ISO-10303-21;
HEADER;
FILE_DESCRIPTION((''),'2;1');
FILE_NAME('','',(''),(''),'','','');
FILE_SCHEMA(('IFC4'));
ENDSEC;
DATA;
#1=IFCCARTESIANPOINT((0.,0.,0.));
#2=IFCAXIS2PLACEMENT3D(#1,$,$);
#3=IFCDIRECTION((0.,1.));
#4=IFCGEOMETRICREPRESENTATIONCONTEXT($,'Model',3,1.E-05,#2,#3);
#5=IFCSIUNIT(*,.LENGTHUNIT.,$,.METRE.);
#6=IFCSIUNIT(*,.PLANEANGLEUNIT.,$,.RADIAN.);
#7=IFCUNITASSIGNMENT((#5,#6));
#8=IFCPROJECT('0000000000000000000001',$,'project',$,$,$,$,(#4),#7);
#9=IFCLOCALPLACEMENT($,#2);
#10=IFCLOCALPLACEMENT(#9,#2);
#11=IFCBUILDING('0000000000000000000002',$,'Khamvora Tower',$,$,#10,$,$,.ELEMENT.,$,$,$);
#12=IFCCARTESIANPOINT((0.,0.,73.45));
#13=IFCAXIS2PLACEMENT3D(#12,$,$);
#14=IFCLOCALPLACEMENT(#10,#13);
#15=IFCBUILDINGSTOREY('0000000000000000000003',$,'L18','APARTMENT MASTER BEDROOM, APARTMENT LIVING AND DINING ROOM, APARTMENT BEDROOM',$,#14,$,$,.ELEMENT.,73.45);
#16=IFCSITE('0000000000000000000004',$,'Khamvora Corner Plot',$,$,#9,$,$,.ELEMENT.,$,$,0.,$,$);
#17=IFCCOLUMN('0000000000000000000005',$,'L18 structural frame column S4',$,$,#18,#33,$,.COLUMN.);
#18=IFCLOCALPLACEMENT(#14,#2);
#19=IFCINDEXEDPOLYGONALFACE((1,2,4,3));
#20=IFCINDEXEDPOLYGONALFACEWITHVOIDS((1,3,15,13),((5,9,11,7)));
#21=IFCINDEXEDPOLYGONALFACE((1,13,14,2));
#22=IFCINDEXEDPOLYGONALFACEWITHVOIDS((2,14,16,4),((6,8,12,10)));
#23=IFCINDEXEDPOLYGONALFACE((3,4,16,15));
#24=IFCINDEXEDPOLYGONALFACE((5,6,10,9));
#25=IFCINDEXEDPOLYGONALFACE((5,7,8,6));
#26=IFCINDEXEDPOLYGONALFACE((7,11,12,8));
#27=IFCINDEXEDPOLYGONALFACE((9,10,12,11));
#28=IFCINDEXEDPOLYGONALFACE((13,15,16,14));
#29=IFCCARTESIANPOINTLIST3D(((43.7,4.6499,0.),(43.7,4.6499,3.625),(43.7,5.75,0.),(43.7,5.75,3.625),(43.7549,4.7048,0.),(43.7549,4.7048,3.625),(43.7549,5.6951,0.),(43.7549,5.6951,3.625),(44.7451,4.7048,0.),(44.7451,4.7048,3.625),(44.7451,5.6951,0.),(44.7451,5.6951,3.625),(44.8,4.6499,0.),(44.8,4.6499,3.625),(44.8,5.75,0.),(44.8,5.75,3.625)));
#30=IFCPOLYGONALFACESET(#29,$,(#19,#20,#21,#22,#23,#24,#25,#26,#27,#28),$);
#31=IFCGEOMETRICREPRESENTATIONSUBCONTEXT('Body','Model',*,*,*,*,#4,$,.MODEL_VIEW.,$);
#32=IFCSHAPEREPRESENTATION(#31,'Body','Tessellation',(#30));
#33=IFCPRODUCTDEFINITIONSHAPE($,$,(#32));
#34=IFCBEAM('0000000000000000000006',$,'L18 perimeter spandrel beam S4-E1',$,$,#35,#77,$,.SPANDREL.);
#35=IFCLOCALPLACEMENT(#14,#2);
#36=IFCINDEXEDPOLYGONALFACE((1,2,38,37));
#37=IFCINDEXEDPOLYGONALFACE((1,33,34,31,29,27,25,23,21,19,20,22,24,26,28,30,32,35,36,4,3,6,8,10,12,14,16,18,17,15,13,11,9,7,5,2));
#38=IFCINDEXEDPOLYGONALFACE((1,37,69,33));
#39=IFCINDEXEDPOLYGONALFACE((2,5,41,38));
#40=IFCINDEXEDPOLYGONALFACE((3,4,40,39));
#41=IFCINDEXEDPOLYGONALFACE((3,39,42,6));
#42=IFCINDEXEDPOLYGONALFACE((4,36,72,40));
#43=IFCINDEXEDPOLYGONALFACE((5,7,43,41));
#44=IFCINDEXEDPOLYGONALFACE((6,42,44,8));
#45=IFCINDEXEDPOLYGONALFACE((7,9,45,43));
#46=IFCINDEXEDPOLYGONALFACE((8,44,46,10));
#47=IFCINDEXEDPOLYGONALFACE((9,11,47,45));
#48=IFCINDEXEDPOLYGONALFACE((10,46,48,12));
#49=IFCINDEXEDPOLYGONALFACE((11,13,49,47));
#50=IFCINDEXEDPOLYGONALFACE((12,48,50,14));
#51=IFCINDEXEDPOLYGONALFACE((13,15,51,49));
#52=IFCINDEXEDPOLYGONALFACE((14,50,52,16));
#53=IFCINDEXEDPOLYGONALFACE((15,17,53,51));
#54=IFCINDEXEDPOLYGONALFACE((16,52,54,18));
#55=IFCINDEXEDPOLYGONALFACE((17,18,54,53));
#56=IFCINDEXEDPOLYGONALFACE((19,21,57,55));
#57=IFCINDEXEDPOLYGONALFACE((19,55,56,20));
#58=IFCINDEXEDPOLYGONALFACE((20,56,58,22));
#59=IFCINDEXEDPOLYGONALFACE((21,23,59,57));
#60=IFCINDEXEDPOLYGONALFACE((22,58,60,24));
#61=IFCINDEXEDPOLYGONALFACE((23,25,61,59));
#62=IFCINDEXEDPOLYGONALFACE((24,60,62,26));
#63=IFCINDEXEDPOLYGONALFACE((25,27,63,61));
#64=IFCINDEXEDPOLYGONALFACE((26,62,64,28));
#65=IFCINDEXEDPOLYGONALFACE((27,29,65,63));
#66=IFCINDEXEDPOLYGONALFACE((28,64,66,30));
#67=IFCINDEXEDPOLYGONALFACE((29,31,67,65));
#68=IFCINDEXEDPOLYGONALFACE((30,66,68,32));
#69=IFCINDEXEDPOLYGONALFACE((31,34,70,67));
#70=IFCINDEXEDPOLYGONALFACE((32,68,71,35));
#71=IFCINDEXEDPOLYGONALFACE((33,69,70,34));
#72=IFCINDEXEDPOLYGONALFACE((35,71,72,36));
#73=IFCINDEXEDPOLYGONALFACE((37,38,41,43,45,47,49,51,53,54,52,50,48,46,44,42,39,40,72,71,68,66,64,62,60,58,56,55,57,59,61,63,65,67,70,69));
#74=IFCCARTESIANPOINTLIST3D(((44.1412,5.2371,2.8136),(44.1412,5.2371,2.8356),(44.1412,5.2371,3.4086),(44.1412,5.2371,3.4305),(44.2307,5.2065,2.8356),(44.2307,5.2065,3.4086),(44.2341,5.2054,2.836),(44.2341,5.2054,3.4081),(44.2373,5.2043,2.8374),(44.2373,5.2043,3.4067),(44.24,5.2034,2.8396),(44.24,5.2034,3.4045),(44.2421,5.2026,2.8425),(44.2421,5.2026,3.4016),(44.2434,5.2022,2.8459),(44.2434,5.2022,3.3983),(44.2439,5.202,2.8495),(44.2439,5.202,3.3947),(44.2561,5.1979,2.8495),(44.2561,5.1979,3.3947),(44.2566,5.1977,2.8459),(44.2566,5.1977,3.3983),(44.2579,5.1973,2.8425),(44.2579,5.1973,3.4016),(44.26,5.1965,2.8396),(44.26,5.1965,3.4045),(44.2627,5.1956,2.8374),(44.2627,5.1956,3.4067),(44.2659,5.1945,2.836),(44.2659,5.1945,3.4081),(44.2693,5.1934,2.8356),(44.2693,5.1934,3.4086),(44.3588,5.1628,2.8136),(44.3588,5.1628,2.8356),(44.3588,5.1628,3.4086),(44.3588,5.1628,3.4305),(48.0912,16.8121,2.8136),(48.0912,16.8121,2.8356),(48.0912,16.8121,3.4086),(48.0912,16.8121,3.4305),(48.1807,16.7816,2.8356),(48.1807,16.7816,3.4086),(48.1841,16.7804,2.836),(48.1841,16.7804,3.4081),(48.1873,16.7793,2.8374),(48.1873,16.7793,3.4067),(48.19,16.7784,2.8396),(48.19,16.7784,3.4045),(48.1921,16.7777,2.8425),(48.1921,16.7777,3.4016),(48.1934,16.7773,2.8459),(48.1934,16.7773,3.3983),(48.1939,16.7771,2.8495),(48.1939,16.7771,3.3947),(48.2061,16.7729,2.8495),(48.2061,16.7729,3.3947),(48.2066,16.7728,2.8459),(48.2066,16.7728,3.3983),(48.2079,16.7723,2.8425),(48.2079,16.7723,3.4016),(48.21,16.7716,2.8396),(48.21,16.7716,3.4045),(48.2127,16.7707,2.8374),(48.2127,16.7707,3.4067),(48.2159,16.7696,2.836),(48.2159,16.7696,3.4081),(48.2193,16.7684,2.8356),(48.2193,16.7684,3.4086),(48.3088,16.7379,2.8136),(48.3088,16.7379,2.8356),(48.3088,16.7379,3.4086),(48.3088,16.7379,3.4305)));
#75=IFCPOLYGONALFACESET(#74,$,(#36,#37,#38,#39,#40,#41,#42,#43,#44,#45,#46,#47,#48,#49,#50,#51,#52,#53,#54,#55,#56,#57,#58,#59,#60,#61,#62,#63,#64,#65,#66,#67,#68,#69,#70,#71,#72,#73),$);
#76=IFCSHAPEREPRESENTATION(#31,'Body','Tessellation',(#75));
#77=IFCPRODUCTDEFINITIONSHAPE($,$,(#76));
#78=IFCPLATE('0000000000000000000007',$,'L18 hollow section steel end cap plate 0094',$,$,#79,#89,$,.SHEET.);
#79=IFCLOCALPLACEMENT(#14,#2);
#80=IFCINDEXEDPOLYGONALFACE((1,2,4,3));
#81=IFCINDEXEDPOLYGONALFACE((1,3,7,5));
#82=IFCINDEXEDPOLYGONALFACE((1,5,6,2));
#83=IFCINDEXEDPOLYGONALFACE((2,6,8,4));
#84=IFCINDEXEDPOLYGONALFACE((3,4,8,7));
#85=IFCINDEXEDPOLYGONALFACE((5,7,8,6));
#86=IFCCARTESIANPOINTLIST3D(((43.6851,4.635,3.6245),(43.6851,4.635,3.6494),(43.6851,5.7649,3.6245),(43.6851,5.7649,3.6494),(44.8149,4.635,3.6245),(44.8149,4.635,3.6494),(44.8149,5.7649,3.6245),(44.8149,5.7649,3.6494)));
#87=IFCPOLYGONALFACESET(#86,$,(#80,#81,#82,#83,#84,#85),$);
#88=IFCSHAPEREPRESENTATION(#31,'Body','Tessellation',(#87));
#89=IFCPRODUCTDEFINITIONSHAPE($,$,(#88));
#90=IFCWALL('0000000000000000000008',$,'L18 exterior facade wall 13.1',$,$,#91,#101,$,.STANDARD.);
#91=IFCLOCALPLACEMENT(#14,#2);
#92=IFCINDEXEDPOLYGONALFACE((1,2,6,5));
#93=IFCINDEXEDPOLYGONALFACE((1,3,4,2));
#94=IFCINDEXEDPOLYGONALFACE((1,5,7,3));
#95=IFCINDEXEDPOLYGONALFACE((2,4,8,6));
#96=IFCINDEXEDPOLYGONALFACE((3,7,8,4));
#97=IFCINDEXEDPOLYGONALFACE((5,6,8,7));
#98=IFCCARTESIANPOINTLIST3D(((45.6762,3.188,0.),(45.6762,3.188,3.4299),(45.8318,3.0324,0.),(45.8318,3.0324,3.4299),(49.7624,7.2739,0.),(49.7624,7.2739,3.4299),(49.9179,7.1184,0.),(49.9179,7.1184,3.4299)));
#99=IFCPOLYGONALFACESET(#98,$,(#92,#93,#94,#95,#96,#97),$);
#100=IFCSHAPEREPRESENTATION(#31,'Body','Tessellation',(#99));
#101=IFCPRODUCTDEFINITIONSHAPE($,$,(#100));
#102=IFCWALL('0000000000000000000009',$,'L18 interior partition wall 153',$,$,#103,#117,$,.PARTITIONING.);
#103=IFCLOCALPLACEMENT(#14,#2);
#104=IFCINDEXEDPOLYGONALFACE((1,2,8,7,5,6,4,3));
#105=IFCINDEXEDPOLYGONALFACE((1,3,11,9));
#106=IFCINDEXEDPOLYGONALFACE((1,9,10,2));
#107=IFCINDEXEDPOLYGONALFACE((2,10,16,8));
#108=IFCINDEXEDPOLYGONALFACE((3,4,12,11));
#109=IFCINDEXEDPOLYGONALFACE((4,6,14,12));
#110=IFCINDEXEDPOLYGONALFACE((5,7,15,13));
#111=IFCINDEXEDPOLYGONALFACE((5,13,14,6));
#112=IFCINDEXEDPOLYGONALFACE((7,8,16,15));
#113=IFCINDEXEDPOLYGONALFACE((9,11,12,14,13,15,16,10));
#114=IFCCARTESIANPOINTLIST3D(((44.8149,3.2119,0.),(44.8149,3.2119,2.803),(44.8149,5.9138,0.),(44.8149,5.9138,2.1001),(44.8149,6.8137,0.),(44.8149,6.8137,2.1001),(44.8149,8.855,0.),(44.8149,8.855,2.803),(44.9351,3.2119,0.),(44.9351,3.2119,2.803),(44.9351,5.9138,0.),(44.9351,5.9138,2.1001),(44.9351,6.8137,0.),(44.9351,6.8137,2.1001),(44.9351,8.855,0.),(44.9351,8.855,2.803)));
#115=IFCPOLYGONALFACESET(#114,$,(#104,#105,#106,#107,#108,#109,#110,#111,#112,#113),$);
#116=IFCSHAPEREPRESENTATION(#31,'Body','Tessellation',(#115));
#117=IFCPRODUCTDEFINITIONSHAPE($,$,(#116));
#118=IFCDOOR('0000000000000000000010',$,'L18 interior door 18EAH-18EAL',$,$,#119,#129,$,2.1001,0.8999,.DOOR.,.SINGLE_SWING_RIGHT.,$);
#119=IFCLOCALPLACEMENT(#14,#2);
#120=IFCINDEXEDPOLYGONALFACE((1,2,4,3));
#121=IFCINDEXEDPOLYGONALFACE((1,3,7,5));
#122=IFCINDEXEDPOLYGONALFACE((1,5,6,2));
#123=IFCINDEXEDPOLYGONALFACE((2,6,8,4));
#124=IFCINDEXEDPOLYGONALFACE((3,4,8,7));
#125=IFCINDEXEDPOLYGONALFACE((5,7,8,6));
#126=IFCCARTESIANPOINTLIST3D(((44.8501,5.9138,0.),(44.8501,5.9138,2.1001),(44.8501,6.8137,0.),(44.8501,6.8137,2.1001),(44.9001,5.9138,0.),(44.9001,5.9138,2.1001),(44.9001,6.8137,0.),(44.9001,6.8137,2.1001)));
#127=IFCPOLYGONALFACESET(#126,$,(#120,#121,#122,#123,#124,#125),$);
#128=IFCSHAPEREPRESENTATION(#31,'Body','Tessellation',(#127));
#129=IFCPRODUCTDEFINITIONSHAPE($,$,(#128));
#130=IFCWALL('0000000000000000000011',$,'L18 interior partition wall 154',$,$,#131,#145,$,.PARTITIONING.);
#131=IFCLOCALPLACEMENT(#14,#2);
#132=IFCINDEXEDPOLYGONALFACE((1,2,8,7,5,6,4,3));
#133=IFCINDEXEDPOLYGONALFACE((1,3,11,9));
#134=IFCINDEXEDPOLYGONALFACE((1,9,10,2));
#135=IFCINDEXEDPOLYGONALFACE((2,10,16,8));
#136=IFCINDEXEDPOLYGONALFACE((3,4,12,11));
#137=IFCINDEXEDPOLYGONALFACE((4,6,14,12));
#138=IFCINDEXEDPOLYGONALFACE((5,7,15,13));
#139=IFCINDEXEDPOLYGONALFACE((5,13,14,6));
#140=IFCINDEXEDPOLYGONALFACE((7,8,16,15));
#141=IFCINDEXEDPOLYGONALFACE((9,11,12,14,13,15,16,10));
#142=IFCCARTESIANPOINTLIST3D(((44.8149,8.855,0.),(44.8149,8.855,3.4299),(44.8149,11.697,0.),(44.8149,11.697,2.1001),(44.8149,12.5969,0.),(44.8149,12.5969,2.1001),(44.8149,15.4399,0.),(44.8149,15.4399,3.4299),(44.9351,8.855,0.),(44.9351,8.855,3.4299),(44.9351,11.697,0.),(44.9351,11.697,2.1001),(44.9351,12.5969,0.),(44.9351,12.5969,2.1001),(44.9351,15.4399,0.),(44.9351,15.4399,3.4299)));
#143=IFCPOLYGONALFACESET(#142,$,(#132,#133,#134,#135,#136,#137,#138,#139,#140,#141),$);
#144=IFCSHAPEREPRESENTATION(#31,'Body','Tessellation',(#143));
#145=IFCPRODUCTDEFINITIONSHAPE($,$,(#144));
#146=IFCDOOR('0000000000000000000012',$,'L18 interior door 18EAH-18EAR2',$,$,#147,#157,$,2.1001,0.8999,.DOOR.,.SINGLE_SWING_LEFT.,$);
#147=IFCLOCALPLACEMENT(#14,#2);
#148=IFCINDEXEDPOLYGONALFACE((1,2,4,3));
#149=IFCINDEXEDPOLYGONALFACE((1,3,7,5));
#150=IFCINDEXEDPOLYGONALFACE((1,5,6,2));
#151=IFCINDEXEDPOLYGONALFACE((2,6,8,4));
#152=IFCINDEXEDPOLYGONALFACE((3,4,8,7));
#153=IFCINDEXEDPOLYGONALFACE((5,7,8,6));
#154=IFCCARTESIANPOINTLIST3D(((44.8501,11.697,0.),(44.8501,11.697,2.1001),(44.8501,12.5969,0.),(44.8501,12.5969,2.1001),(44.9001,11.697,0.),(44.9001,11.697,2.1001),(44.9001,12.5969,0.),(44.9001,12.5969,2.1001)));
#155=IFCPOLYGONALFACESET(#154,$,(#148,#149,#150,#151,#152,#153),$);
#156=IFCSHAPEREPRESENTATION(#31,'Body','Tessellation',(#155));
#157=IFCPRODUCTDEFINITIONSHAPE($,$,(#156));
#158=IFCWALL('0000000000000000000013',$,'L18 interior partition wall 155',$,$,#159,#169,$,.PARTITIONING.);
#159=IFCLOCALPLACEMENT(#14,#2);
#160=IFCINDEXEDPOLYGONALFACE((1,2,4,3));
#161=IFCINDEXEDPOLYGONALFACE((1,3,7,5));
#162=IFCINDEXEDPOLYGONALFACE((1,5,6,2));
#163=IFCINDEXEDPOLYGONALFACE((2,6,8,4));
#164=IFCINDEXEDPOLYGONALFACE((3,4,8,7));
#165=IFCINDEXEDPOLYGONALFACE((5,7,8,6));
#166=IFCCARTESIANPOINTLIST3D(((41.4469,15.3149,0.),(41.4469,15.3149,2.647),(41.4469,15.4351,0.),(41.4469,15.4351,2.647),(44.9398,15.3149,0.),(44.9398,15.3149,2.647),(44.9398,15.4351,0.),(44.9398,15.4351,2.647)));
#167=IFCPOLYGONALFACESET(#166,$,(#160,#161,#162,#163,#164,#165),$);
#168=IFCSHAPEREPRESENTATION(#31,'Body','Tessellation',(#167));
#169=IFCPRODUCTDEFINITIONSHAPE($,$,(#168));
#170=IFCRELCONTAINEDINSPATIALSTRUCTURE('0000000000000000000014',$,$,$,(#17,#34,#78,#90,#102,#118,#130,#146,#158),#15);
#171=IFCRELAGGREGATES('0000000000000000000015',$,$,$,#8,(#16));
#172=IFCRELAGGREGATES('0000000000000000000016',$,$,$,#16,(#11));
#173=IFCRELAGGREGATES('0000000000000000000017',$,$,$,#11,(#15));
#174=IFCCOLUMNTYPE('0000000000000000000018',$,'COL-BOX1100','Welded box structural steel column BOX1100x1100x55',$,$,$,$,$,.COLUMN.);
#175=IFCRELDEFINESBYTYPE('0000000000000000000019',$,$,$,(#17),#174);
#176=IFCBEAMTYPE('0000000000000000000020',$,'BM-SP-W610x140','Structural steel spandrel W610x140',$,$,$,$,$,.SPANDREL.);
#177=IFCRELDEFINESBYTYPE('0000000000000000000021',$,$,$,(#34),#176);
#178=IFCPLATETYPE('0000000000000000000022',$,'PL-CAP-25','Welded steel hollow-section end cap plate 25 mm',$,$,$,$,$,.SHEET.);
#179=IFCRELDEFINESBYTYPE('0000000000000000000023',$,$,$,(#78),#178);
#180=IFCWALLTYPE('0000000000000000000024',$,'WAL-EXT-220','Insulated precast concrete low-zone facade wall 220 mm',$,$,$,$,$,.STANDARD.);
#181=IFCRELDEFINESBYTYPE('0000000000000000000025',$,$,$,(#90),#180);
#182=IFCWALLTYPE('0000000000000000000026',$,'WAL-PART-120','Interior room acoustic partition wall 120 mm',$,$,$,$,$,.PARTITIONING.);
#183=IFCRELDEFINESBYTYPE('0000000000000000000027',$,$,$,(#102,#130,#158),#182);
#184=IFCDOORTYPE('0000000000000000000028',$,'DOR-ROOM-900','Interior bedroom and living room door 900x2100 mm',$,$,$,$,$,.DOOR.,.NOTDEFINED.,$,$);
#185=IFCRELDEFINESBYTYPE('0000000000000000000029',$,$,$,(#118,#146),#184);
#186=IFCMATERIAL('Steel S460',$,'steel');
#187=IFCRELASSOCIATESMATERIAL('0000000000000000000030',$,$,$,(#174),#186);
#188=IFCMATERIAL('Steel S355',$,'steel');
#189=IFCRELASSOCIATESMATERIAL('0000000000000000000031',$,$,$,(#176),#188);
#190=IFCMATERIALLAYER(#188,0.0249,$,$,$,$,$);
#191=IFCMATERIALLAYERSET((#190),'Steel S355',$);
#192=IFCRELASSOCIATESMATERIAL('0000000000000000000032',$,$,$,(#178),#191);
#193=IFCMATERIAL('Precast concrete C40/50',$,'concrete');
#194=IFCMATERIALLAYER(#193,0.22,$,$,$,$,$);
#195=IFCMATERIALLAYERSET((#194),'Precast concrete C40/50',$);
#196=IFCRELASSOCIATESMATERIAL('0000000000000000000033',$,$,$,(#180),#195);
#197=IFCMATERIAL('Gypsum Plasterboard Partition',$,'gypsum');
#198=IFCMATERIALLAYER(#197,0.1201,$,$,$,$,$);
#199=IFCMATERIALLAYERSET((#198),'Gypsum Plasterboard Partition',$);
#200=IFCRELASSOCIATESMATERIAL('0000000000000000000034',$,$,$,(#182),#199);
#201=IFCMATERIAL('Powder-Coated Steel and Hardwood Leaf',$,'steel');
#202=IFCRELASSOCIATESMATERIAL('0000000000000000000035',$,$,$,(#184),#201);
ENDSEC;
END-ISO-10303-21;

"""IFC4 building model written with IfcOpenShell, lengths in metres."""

from ifc_helpers import new_model, si_unit, direction, frame, frame_2d, origin, origin_2d, place, context, subcontext, project, spatial, rectangle, hollow_rectangle, i_section, extrude, material, layer, layer_set, material_profile, profile_set, type_object, element, fill, save


model = new_model("IFC4")

# Units and contexts
model_context = context("Model", 3, precision=1e-05, world=origin(), true_north=direction((0.0, 1.0)))
body_context = subcontext(model_context, "Body", "Model", "MODEL_VIEW")
ifc_project = project(units=[si_unit("LENGTHUNIT", "METRE"), si_unit("PLANEANGLEUNIT", "RADIAN")], contexts=[model_context])

# Site, building, storey
site_placement = place(None, origin())
site = spatial("IfcSite", under=ifc_project, at=site_placement, Name="Khamvora Corner Plot", CompositionType="ELEMENT", RefElevation=0.0)
building_placement = place(site_placement, origin())
building = spatial("IfcBuilding", under=site, at=building_placement, Name="Khamvora Tower", CompositionType="ELEMENT")
storey_placement = place(building_placement, frame((0.0, 0.0, 73.45)))
storey = spatial("IfcBuildingStorey", under=building, at=storey_placement, Name="L18", Description="APARTMENT MASTER BEDROOM, APARTMENT LIVING AND DINING ROOM, APARTMENT BEDROOM", CompositionType="ELEMENT", Elevation=73.45)

# Column
ifc_material_1 = material(Name="Steel S460", Category="steel")
ifc_material_profile_1 = material_profile(ifc_material_1, hollow_rectangle(XDim=1.1001, YDim=1.1001, WallThickness=0.0549, at=origin_2d()), Name="BOX1100x1100x55")
ifc_profile_set_1 = profile_set([ifc_material_profile_1], Name="Steel S460")
column_type = type_object("IfcColumnType", Name="COL-BOX1100", Description="Welded box structural steel column BOX1100x1100x55", PredefinedType="COLUMN", material=ifc_profile_set_1)
column_placement = place(storey_placement, frame((44.25, 5.2, 0.0), z_axis=(0.0, 0.0, 1.0), x_axis=(1.0, 0.0, 0.0)))
element("IfcColumn", 1, at=column_placement, inside=storey, type_object=column_type, Name="L18 structural frame column S4", PredefinedType="COLUMN", context=body_context, shape_type="SweptSolid", body=[
    extrude(hollow_rectangle(XDim=1.1001, YDim=1.1001, WallThickness=0.0549, at=origin_2d()), origin(), (0.0, 0.0, 1.0), 3.625),
])

# Beam
ifc_material_2 = material(Name="Steel S355", Category="steel")
ifc_material_profile_2 = material_profile(ifc_material_2, i_section(OverallWidth=0.23, OverallDepth=0.6169, WebThickness=0.0129, FlangeThickness=0.022, FilletRadius=0.0139, at=origin_2d()), Name="W610x140")
ifc_profile_set_2 = profile_set([ifc_material_profile_2], Name="Steel S355")
beam_type = type_object("IfcBeamType", Name="BM-SP-W610x140", Description="Structural steel spandrel W610x140", PredefinedType="SPANDREL", material=ifc_profile_set_2)
beam_placement = place(storey_placement, frame((44.25, 5.2, 3.1221), z_axis=(0.322963, 0.946412, 0.0), x_axis=(-0.946412, 0.322963, 0.0)))
element("IfcBeam", 2, at=beam_placement, inside=storey, type_object=beam_type, Name="L18 perimeter spandrel beam S4-E1", PredefinedType="SPANDREL", context=body_context, shape_type="SweptSolid", body=[
    extrude(i_section(OverallWidth=0.23, OverallDepth=0.6169, WebThickness=0.0129, FlangeThickness=0.022, FilletRadius=0.0139, at=origin_2d()), origin(), (0.0, 0.0, 1.0), 12.2305),
])

# Plate
ifc_layer_1 = layer(ifc_material_2, 0.0249)
ifc_layer_set_1 = layer_set([ifc_layer_1], Name="Steel S355")
plate_type = type_object("IfcPlateType", Name="PL-CAP-25", Description="Welded steel hollow-section end cap plate 25 mm", PredefinedType="SHEET", material=ifc_layer_set_1)
plate_placement = place(storey_placement, frame((44.25, 5.2, 3.6245), z_axis=(0.0, 0.0, 1.0), x_axis=(1.0, 0.0, 0.0)))
element("IfcPlate", 3, at=plate_placement, inside=storey, type_object=plate_type, Name="L18 hollow section steel end cap plate 0094", PredefinedType="SHEET", context=body_context, shape_type="SweptSolid", body=[
    extrude(rectangle(XDim=1.1299, YDim=1.1299, at=origin_2d()), origin(), (0.0, 0.0, 1.0), 0.0249),
])

# Wall
ifc_material_3 = material(Name="Precast concrete C40/50", Category="concrete")
ifc_layer_2 = layer(ifc_material_3, 0.22)
ifc_layer_set_2 = layer_set([ifc_layer_2], Name="Precast concrete C40/50")
wall_type_1 = type_object("IfcWallType", Name="WAL-EXT-220", Description="Insulated precast concrete low-zone facade wall 220 mm", PredefinedType="STANDARD", material=ifc_layer_set_2)
wall_1_placement = place(storey_placement, frame((49.8401, 7.196, 0.0), z_axis=(0.0, 0.0, 1.0), x_axis=(-0.707128, -0.707086, 0.0)))
element("IfcWall", 4, at=wall_1_placement, inside=storey, type_object=wall_type_1, Name="L18 exterior facade wall 13.1", PredefinedType="STANDARD", context=body_context, shape_type="SweptSolid", body=[
    extrude(rectangle(XDim=5.7786, YDim=0.22, at=frame_2d((2.8892, 0.0))), origin(), (0.0, 0.0, 1.0), 3.4299),
])

# Walls, openings, doors
ifc_material_4 = material(Name="Gypsum Plasterboard Partition", Category="gypsum")
ifc_layer_3 = layer(ifc_material_4, 0.1201)
ifc_layer_set_3 = layer_set([ifc_layer_3], Name="Gypsum Plasterboard Partition")
wall_type_2 = type_object("IfcWallType", Name="WAL-PART-120", Description="Interior room acoustic partition wall 120 mm", PredefinedType="PARTITIONING", material=ifc_layer_set_3)
wall_2_placement = place(storey_placement, frame((44.875, 3.2119, 0.0), z_axis=(0.0, 0.0, 1.0), x_axis=(0.0, 1.0, 0.0)))
wall_2 = element("IfcWall", 5, at=wall_2_placement, inside=storey, type_object=wall_type_2, Name="L18 interior partition wall 153", PredefinedType="PARTITIONING", context=body_context, shape_type="SweptSolid", body=[
    extrude(rectangle(XDim=5.6431, YDim=0.1201, at=frame_2d((2.8215, 0.0))), origin(), (0.0, 0.0, 1.0), 2.803),
])
opening_1_placement = place(wall_2_placement, frame((2.7019, 0.0, 0.0)))
opening_1 = element("IfcOpeningElement", 6, at=opening_1_placement, cuts=wall_2, PredefinedType="OPENING", context=body_context, shape_type="SweptSolid", body=[
    extrude(rectangle(XDim=0.8999, YDim=2.1001, at=frame_2d((0.45, 1.05))), frame((0.0, 0.0701, 0.0), z_axis=(0.0, -1.0, 0.0), x_axis=(1.0, 0.0, 0.0)), (0.0, 0.0, 1.0), 0.1401),
])
ifc_material_5 = material(Name="Powder-Coated Steel and Hardwood Leaf", Category="steel")
door_type = type_object("IfcDoorType", Name="DOR-ROOM-900", Description="Interior bedroom and living room door 900x2100 mm", OperationType="NOTDEFINED", PredefinedType="DOOR", material=ifc_material_5)
door_1_placement = place(opening_1_placement, origin())
door_1 = element("IfcDoor", 7, at=door_1_placement, inside=storey, type_object=door_type, Name="L18 interior door 18EAH-18EAL", OperationType="SINGLE_SWING_RIGHT", OverallHeight=2.1001, OverallWidth=0.8999, PredefinedType="DOOR", context=body_context, shape_type="SweptSolid", body=[
    extrude(rectangle(XDim=0.8999, YDim=2.1001, at=frame_2d((0.45, 1.05))), frame((0.0, 0.0249, 0.0), z_axis=(0.0, -1.0, 0.0), x_axis=(1.0, 0.0, 0.0)), (0.0, 0.0, 1.0), 0.05),
])
fill(opening_1, door_1)
wall_3_placement = place(storey_placement, frame((44.875, 8.855, 0.0), z_axis=(0.0, 0.0, 1.0), x_axis=(0.0, 1.0, 0.0)))
wall_3 = element("IfcWall", 8, at=wall_3_placement, inside=storey, type_object=wall_type_2, Name="L18 interior partition wall 154", PredefinedType="PARTITIONING", context=body_context, shape_type="SweptSolid", body=[
    extrude(rectangle(XDim=6.585, YDim=0.1201, at=frame_2d((3.2925, 0.0))), origin(), (0.0, 0.0, 1.0), 3.4299),
])
opening_2_placement = place(wall_3_placement, frame((2.842, 0.0, 0.0)))
opening_2 = element("IfcOpeningElement", 9, at=opening_2_placement, cuts=wall_3, PredefinedType="OPENING", context=body_context, shape_type="SweptSolid", body=[
    extrude(rectangle(XDim=0.8999, YDim=2.1001, at=frame_2d((0.45, 1.05))), frame((0.0, 0.0701, 0.0), z_axis=(0.0, -1.0, 0.0), x_axis=(1.0, 0.0, 0.0)), (0.0, 0.0, 1.0), 0.1401),
])
door_2_placement = place(opening_2_placement, origin())
door_2 = element("IfcDoor", 10, at=door_2_placement, inside=storey, type_object=door_type, Name="L18 interior door 18EAH-18EAR2", OperationType="SINGLE_SWING_LEFT", OverallHeight=2.1001, OverallWidth=0.8999, PredefinedType="DOOR", context=body_context, shape_type="SweptSolid", body=[
    extrude(rectangle(XDim=0.8999, YDim=2.1001, at=frame_2d((0.45, 1.05))), frame((0.0, 0.0249, 0.0), z_axis=(0.0, -1.0, 0.0), x_axis=(1.0, 0.0, 0.0)), (0.0, 0.0, 1.0), 0.05),
])
fill(opening_2, door_2)

# Wall
wall_4_placement = place(storey_placement, frame((44.9399, 15.375, 0.0), z_axis=(0.0, 0.0, 1.0), x_axis=(-1.0, 0.0, 0.0)))
element("IfcWall", 11, at=wall_4_placement, inside=storey, type_object=wall_type_2, Name="L18 interior partition wall 155", PredefinedType="PARTITIONING", context=body_context, shape_type="SweptSolid", body=[
    extrude(rectangle(XDim=3.4929, YDim=0.1201, at=frame_2d((1.7466, 0.0))), origin(), (0.0, 0.0, 1.0), 2.647),
])

save(model, "model.ifc")
